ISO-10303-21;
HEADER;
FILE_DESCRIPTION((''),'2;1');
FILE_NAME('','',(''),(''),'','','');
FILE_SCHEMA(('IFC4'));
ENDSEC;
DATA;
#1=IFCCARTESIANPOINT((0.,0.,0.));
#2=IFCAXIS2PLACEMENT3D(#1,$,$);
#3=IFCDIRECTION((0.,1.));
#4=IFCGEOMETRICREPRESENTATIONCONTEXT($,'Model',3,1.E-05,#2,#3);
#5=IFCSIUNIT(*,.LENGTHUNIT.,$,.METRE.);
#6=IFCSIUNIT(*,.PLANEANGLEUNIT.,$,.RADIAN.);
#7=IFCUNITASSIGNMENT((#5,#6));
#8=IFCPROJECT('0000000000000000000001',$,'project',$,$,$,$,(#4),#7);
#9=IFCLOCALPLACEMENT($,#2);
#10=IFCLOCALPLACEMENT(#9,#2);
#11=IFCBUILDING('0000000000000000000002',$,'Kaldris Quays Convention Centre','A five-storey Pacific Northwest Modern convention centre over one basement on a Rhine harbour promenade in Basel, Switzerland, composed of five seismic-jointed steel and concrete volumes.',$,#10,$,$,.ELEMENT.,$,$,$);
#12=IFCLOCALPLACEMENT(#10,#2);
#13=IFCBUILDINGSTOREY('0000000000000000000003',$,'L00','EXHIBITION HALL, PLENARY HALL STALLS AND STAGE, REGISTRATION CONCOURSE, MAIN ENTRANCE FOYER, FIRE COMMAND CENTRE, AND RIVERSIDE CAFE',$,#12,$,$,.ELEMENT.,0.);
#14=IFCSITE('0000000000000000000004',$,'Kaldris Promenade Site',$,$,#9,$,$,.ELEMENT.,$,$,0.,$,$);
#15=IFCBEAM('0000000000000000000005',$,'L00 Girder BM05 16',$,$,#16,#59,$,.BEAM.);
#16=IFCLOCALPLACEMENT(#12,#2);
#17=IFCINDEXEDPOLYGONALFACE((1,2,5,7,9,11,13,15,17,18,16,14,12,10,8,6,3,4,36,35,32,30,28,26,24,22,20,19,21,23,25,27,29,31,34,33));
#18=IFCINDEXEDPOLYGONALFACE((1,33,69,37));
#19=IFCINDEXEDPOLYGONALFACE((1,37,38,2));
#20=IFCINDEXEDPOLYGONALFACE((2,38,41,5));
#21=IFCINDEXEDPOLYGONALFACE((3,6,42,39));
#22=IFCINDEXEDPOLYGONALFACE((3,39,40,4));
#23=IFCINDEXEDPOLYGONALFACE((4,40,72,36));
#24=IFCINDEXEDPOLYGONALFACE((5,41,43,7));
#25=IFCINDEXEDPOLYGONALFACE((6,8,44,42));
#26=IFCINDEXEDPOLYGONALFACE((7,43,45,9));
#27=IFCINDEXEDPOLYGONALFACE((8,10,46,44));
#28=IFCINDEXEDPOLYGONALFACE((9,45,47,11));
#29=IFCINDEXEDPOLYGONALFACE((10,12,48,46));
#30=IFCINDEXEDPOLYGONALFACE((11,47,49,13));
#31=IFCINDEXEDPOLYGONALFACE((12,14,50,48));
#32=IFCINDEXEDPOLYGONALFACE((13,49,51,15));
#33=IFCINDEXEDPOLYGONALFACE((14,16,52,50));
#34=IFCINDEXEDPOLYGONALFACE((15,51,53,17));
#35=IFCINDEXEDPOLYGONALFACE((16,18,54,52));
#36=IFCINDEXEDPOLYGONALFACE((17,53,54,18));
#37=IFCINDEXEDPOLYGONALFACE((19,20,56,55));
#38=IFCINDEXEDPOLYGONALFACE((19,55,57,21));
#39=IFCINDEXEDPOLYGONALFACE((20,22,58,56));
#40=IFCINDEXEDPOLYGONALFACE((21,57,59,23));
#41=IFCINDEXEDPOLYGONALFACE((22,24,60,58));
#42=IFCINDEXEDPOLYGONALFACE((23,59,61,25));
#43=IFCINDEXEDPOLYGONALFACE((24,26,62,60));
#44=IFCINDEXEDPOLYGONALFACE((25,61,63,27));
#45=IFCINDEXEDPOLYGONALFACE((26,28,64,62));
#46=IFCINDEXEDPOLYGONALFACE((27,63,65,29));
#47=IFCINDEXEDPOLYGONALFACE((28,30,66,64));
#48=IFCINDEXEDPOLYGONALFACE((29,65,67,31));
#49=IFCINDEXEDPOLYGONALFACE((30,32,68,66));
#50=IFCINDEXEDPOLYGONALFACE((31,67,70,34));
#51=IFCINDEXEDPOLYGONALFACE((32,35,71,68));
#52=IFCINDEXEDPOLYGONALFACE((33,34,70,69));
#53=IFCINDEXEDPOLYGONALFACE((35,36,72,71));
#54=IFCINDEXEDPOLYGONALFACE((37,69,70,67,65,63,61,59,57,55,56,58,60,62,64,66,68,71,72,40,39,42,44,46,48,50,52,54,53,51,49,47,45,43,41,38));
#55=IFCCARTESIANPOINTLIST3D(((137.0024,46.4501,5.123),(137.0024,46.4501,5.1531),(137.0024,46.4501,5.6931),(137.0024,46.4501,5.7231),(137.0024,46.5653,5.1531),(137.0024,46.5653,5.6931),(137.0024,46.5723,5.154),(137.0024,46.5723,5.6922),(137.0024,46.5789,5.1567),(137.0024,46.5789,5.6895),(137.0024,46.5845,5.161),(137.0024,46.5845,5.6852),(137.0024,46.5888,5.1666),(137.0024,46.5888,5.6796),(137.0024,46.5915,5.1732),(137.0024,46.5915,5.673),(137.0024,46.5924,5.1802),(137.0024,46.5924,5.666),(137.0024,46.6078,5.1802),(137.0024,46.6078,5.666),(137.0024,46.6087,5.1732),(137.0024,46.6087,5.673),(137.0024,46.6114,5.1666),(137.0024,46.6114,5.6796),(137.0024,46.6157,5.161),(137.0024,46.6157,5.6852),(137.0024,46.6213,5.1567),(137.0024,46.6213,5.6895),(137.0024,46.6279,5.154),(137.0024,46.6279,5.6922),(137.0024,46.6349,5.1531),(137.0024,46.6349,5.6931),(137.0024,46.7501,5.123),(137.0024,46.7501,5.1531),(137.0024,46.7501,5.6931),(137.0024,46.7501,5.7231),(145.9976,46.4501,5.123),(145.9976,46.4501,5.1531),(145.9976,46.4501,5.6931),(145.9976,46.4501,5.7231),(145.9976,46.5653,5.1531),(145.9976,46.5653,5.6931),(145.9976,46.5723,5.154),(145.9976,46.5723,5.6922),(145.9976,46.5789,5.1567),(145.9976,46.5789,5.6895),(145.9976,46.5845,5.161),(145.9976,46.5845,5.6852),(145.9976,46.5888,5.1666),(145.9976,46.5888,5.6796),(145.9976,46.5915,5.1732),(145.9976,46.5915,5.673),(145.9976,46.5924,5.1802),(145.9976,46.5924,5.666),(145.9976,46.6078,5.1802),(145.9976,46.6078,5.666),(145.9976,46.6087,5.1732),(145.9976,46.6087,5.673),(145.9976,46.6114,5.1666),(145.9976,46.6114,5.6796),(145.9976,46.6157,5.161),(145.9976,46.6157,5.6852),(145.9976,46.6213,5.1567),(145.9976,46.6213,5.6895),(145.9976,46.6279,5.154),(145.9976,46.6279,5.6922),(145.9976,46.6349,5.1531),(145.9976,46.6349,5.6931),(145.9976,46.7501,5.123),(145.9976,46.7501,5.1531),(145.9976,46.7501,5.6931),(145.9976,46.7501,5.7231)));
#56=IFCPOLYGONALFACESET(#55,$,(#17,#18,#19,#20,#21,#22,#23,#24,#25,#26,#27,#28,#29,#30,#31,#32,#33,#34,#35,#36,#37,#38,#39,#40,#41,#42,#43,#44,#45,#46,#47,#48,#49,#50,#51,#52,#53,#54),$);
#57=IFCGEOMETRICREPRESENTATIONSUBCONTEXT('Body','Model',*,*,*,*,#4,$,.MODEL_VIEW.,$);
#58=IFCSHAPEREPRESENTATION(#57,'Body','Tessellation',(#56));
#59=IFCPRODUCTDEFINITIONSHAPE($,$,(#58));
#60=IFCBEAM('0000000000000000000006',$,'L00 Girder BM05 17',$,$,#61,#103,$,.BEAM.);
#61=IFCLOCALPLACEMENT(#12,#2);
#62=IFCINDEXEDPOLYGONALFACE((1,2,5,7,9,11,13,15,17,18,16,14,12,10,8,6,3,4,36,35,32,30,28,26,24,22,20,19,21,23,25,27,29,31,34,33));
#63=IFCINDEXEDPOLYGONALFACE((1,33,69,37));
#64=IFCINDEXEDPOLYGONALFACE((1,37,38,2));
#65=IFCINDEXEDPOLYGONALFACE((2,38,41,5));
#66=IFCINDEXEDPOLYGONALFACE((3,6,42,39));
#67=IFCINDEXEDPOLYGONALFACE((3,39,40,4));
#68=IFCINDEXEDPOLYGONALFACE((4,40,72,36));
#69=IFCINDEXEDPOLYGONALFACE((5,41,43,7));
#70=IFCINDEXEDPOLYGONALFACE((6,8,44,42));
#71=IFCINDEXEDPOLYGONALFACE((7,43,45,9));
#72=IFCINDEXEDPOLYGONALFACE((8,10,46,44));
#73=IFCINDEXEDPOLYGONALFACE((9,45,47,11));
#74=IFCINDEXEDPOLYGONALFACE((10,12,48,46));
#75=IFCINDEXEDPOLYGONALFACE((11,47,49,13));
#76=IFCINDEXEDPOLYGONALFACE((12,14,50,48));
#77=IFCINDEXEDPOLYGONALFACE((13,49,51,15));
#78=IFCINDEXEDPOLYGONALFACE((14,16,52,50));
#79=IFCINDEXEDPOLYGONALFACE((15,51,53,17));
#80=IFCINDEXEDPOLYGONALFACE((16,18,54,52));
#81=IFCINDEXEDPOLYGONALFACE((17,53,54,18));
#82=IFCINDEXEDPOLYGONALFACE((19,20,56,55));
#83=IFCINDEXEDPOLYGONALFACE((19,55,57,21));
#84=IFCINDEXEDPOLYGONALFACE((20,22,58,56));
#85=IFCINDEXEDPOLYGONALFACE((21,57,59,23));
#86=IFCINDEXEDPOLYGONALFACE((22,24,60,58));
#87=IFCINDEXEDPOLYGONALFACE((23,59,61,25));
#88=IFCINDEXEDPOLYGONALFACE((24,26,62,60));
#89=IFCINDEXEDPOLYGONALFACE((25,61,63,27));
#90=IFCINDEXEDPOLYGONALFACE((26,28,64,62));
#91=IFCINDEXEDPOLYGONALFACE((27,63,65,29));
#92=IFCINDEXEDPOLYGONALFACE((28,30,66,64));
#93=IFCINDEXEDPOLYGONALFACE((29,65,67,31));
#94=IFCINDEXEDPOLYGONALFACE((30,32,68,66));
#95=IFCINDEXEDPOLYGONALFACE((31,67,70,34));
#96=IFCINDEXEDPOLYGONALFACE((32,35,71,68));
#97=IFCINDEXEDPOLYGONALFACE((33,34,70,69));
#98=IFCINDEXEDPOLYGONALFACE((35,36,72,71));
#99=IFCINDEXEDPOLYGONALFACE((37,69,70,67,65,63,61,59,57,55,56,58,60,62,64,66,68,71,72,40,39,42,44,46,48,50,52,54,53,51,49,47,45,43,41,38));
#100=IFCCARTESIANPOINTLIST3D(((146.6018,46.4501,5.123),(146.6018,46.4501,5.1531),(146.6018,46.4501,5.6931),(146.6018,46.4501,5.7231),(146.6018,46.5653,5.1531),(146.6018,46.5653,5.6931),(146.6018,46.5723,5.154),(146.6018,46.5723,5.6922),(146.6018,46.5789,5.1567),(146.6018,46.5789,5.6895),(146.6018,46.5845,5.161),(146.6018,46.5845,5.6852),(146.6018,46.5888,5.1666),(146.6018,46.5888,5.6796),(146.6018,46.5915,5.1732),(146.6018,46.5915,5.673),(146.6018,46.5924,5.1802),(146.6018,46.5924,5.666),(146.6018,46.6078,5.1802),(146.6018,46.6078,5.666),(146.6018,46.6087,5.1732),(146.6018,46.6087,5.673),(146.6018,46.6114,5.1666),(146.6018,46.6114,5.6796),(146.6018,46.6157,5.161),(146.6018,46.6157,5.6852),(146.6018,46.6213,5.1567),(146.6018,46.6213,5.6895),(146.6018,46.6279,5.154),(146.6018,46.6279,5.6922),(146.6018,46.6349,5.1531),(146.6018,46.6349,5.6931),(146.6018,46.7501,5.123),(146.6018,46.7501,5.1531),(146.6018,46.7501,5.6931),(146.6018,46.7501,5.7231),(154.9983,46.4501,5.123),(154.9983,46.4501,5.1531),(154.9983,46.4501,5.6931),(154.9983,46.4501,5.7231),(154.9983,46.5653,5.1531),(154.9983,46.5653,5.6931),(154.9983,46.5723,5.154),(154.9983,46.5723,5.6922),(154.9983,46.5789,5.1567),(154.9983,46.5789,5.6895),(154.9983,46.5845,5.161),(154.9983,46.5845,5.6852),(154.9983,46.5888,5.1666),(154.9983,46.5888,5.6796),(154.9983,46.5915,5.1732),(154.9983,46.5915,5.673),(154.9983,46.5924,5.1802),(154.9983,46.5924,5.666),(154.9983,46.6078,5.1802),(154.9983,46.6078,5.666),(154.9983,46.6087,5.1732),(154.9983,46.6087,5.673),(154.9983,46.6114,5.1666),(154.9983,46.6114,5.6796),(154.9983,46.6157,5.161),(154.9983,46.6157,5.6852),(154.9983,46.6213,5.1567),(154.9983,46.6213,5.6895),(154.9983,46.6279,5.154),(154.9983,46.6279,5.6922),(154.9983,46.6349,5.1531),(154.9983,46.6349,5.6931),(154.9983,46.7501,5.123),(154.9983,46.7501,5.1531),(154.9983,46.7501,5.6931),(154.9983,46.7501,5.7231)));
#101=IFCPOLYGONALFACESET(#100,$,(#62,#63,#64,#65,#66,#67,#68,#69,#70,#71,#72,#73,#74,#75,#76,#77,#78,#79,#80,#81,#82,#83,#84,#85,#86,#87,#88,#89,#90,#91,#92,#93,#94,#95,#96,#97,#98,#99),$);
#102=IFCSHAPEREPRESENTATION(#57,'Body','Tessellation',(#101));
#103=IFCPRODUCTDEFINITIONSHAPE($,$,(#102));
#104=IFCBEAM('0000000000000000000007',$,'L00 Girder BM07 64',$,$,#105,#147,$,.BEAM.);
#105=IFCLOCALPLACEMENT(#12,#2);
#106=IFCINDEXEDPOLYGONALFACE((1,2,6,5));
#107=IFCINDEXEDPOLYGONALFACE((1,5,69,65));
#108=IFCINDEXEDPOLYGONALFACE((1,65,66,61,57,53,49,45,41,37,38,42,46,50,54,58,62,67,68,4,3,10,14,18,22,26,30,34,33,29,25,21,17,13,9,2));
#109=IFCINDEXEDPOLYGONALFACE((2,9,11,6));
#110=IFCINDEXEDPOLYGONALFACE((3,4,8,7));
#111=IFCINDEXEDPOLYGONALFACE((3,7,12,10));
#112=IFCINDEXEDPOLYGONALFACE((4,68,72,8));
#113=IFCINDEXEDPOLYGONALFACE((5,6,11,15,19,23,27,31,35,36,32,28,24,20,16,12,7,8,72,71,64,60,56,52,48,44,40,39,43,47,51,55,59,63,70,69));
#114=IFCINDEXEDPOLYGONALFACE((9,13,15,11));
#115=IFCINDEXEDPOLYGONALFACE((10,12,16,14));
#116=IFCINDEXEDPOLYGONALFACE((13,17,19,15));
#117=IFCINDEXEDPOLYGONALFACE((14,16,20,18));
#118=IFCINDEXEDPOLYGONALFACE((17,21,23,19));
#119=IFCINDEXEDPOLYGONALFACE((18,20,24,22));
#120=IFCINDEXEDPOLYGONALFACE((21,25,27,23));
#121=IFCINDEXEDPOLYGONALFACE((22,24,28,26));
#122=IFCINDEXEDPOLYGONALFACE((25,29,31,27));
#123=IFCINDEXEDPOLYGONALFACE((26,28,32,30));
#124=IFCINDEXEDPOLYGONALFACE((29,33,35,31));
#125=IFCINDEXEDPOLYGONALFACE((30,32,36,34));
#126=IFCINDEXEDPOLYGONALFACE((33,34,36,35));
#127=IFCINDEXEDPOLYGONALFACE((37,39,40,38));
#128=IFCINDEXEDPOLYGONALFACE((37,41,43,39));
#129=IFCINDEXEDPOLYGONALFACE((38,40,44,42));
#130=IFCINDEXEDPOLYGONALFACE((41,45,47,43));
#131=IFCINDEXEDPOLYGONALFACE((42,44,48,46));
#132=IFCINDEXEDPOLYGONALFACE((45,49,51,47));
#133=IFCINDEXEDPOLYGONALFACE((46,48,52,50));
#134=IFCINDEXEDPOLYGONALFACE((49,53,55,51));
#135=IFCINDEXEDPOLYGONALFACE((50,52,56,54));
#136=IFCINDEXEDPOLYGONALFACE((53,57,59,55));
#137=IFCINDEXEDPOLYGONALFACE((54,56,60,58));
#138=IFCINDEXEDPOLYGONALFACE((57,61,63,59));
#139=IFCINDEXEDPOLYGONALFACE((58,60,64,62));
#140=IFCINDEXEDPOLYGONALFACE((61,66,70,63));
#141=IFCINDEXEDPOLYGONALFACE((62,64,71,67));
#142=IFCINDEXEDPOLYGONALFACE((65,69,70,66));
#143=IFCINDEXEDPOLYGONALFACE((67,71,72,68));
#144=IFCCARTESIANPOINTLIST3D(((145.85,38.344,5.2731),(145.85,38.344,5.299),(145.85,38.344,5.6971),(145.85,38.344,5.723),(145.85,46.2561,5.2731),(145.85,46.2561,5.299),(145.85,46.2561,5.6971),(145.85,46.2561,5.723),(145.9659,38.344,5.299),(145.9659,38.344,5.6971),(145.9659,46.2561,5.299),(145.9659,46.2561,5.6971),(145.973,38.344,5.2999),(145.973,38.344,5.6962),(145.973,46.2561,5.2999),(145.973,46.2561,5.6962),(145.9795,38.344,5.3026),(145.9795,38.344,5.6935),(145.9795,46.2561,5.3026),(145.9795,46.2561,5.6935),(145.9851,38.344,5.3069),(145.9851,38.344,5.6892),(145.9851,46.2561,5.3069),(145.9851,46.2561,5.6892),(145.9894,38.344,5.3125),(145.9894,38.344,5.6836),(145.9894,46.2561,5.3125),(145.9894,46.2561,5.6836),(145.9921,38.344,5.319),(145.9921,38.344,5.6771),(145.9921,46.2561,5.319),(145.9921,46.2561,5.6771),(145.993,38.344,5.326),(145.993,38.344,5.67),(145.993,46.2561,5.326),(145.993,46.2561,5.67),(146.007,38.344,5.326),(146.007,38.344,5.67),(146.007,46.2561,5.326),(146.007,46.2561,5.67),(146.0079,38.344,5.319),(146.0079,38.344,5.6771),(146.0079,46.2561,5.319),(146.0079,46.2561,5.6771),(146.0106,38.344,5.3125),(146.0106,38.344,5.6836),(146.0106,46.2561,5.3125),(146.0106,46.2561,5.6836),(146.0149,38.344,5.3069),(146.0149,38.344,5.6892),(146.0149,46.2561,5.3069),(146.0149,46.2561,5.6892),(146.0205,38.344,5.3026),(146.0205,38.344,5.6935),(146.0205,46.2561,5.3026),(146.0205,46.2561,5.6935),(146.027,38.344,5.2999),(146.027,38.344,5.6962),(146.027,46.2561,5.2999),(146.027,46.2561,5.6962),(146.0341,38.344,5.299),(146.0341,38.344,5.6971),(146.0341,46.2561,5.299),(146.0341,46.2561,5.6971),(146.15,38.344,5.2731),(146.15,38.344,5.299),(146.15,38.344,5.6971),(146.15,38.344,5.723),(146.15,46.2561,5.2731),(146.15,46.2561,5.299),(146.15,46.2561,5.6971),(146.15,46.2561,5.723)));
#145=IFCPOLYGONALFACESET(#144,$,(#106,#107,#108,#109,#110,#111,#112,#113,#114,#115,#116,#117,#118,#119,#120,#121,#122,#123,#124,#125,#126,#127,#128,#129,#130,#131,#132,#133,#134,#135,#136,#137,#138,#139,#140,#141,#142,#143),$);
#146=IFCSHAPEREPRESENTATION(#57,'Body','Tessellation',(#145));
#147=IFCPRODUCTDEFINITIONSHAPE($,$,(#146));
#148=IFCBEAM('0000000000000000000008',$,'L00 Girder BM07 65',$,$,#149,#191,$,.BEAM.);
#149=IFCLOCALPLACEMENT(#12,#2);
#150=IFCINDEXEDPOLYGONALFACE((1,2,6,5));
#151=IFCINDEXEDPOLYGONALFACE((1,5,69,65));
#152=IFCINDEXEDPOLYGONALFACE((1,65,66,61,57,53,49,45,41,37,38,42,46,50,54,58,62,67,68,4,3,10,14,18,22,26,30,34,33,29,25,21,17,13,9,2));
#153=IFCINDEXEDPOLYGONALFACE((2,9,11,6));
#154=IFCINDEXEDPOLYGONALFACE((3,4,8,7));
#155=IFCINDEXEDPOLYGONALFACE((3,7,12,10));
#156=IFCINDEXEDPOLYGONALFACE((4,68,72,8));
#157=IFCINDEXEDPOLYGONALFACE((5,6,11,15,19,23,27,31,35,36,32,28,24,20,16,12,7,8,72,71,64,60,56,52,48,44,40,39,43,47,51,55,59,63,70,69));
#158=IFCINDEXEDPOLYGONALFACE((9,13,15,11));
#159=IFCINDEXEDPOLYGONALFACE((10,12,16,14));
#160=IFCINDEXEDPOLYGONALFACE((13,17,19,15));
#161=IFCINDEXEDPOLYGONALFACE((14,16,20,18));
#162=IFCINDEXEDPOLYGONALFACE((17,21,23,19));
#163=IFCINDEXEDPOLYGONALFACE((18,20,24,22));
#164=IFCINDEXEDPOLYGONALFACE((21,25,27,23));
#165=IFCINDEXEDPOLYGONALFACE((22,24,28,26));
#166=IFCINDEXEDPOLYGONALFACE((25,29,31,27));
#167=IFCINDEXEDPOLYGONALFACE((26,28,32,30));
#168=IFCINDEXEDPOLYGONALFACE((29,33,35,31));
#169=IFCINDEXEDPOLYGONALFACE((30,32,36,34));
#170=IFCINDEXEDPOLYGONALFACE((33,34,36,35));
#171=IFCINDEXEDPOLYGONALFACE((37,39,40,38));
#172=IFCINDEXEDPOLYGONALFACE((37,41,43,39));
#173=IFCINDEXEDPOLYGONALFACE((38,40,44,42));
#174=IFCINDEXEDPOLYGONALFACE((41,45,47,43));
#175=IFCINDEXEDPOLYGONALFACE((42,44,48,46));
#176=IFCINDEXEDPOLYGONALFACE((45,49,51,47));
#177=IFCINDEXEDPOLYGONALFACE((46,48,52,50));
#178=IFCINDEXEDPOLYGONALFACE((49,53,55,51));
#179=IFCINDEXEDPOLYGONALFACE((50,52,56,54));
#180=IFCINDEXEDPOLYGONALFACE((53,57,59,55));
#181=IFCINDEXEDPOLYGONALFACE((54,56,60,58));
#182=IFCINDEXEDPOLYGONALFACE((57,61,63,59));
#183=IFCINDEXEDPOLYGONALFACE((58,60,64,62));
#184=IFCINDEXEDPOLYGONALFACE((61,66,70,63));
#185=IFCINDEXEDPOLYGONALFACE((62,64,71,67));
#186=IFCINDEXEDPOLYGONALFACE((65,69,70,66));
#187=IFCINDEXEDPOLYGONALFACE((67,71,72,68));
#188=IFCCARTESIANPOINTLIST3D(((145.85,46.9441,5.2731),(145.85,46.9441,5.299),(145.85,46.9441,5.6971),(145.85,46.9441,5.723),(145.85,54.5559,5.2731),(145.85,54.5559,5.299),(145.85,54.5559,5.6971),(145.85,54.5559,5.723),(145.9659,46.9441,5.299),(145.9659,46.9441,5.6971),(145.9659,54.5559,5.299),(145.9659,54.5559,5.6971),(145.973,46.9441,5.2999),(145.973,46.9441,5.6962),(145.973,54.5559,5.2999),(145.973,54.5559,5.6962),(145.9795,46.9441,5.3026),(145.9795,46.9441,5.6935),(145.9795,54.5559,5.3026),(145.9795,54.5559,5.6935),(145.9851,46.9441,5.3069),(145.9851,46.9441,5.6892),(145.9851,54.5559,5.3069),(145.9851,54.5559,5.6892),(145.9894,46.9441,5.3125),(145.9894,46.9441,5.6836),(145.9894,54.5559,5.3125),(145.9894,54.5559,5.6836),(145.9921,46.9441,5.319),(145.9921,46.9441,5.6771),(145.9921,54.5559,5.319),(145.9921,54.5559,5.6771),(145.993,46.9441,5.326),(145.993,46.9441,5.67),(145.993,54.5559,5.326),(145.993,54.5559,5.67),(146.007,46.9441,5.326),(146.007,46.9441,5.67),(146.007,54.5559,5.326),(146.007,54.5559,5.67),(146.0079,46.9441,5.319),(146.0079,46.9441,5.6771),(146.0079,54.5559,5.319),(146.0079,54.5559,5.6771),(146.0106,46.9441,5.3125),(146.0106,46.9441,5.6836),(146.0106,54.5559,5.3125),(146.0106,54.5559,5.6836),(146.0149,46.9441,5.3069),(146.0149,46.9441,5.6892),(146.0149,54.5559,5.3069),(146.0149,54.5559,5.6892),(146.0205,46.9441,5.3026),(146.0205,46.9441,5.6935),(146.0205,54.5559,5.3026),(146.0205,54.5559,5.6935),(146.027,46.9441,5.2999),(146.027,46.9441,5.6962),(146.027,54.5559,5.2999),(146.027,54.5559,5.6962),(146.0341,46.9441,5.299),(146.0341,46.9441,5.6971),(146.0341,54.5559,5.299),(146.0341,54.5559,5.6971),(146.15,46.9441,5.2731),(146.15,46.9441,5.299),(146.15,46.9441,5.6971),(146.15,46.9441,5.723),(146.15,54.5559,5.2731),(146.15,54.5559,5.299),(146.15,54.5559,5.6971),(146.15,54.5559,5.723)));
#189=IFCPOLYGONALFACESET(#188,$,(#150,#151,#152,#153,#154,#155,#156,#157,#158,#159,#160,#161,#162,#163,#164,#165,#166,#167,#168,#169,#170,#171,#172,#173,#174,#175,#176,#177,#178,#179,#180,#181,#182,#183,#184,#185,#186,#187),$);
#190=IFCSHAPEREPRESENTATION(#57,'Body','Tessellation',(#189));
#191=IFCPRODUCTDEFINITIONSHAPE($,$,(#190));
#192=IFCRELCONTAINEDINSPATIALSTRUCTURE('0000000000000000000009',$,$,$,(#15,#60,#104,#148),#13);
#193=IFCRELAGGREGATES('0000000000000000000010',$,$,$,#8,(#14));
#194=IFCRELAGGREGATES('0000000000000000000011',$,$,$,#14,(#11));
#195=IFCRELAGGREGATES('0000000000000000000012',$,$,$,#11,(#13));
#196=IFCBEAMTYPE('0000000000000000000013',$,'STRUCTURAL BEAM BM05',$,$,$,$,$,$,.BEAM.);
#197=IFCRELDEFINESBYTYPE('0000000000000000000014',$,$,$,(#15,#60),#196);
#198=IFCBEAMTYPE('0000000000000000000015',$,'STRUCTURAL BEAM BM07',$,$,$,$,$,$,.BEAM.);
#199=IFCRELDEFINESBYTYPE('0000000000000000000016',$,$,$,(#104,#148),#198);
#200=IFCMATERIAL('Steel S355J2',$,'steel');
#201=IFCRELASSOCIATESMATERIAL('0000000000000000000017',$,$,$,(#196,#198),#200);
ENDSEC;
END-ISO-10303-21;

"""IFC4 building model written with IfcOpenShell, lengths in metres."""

from ifc_helpers import new_model, si_unit, direction, frame, origin, origin_2d, place, context, subcontext, project, spatial, i_section, extrude, material, material_profile, profile_set, type_object, element, save


model = new_model("IFC4")

# Units and contexts
model_context = context("Model", 3, precision=1e-05, world=origin(), true_north=direction((0.0, 1.0)))
body_context = subcontext(model_context, "Body", "Model", "MODEL_VIEW")
ifc_project = project(units=[si_unit("LENGTHUNIT", "METRE"), si_unit("PLANEANGLEUNIT", "RADIAN")], contexts=[model_context])

# Site, building, storey
site_placement = place(None, origin())
site = spatial("IfcSite", under=ifc_project, at=site_placement, Name="Kaldris Promenade Site", CompositionType="ELEMENT", RefElevation=0.0)
building_placement = place(site_placement, origin())
building = spatial("IfcBuilding", under=site, at=building_placement, Name="Kaldris Quays Convention Centre", Description="A five-storey Pacific Northwest Modern convention centre over one basement on a Rhine harbour promenade in Basel, Switzerland, composed of five seismic-jointed steel and concrete volumes.", CompositionType="ELEMENT")
storey_placement = place(building_placement, origin())
storey = spatial("IfcBuildingStorey", under=building, at=storey_placement, Name="L00", Description="EXHIBITION HALL, PLENARY HALL STALLS AND STAGE, REGISTRATION CONCOURSE, MAIN ENTRANCE FOYER, FIRE COMMAND CENTRE, AND RIVERSIDE CAFE", CompositionType="ELEMENT", Elevation=0.0)

# Shared definitions
ifc_material_1 = material(Name="Steel S355J2", Category="steel")

# Beams
ifc_material_profile_1 = material_profile(ifc_material_1, i_section(OverallWidth=0.3, OverallDepth=0.6001, WebThickness=0.0154, FlangeThickness=0.03, FilletRadius=0.0271, at=origin_2d()), Name="HEB 600")
ifc_profile_set_1 = profile_set([ifc_material_profile_1], Name="Steel S355J2")
beam_type_1 = type_object("IfcBeamType", Name="STRUCTURAL BEAM BM05", PredefinedType="BEAM", material=ifc_profile_set_1)
beam_1_placement = place(storey_placement, frame((137.0024, 46.6001, 5.4231), z_axis=(1.0, 0.0, 0.0), x_axis=(0.0, 1.0, 0.0)))
element("IfcBeam", 1, at=beam_1_placement, inside=storey, type_object=beam_type_1, Name="L00 Girder BM05 16", PredefinedType="BEAM", context=body_context, shape_type="SweptSolid", body=[
    extrude(i_section(OverallWidth=0.3, OverallDepth=0.6001, WebThickness=0.0154, FlangeThickness=0.03, FilletRadius=0.0271, at=origin_2d()), origin(), (0.0, 0.0, 1.0), 8.9951),
])
beam_2_placement = place(storey_placement, frame((146.6018, 46.6001, 5.4231), z_axis=(1.0, 0.0, 0.0), x_axis=(0.0, 1.0, 0.0)))
element("IfcBeam", 2, at=beam_2_placement, inside=storey, type_object=beam_type_1, Name="L00 Girder BM05 17", PredefinedType="BEAM", context=body_context, shape_type="SweptSolid", body=[
    extrude(i_section(OverallWidth=0.3, OverallDepth=0.6001, WebThickness=0.0154, FlangeThickness=0.03, FilletRadius=0.0271, at=origin_2d()), origin(), (0.0, 0.0, 1.0), 8.3965),
])
ifc_material_profile_2 = material_profile(ifc_material_1, i_section(OverallWidth=0.3, OverallDepth=0.45, WebThickness=0.0139, FlangeThickness=0.0259, FilletRadius=0.0271, at=origin_2d()), Name="HEB 450")
ifc_profile_set_2 = profile_set([ifc_material_profile_2], Name="Steel S355J2")
beam_type_2 = type_object("IfcBeamType", Name="STRUCTURAL BEAM BM07", PredefinedType="BEAM", material=ifc_profile_set_2)
beam_3_placement = place(storey_placement, frame((146.0, 38.344, 5.498), z_axis=(0.0, 1.0, 0.0), x_axis=(-1.0, 0.0, 0.0)))
element("IfcBeam", 3, at=beam_3_placement, inside=storey, type_object=beam_type_2, Name="L00 Girder BM07 64", PredefinedType="BEAM", context=body_context, shape_type="SweptSolid", body=[
    extrude(i_section(OverallWidth=0.3, OverallDepth=0.45, WebThickness=0.0139, FlangeThickness=0.0259, FilletRadius=0.0271, at=origin_2d()), origin(), (0.0, 0.0, 1.0), 7.9121),
])
beam_4_placement = place(storey_placement, frame((146.0, 46.9441, 5.498), z_axis=(0.0, 1.0, 0.0), x_axis=(-1.0, 0.0, 0.0)))
element("IfcBeam", 4, at=beam_4_placement, inside=storey, type_object=beam_type_2, Name="L00 Girder BM07 65", PredefinedType="BEAM", context=body_context, shape_type="SweptSolid", body=[
    extrude(i_section(OverallWidth=0.3, OverallDepth=0.45, WebThickness=0.0139, FlangeThickness=0.0259, FilletRadius=0.0271, at=origin_2d()), origin(), (0.0, 0.0, 1.0), 7.6118),
])

save(model, "model.ifc")
